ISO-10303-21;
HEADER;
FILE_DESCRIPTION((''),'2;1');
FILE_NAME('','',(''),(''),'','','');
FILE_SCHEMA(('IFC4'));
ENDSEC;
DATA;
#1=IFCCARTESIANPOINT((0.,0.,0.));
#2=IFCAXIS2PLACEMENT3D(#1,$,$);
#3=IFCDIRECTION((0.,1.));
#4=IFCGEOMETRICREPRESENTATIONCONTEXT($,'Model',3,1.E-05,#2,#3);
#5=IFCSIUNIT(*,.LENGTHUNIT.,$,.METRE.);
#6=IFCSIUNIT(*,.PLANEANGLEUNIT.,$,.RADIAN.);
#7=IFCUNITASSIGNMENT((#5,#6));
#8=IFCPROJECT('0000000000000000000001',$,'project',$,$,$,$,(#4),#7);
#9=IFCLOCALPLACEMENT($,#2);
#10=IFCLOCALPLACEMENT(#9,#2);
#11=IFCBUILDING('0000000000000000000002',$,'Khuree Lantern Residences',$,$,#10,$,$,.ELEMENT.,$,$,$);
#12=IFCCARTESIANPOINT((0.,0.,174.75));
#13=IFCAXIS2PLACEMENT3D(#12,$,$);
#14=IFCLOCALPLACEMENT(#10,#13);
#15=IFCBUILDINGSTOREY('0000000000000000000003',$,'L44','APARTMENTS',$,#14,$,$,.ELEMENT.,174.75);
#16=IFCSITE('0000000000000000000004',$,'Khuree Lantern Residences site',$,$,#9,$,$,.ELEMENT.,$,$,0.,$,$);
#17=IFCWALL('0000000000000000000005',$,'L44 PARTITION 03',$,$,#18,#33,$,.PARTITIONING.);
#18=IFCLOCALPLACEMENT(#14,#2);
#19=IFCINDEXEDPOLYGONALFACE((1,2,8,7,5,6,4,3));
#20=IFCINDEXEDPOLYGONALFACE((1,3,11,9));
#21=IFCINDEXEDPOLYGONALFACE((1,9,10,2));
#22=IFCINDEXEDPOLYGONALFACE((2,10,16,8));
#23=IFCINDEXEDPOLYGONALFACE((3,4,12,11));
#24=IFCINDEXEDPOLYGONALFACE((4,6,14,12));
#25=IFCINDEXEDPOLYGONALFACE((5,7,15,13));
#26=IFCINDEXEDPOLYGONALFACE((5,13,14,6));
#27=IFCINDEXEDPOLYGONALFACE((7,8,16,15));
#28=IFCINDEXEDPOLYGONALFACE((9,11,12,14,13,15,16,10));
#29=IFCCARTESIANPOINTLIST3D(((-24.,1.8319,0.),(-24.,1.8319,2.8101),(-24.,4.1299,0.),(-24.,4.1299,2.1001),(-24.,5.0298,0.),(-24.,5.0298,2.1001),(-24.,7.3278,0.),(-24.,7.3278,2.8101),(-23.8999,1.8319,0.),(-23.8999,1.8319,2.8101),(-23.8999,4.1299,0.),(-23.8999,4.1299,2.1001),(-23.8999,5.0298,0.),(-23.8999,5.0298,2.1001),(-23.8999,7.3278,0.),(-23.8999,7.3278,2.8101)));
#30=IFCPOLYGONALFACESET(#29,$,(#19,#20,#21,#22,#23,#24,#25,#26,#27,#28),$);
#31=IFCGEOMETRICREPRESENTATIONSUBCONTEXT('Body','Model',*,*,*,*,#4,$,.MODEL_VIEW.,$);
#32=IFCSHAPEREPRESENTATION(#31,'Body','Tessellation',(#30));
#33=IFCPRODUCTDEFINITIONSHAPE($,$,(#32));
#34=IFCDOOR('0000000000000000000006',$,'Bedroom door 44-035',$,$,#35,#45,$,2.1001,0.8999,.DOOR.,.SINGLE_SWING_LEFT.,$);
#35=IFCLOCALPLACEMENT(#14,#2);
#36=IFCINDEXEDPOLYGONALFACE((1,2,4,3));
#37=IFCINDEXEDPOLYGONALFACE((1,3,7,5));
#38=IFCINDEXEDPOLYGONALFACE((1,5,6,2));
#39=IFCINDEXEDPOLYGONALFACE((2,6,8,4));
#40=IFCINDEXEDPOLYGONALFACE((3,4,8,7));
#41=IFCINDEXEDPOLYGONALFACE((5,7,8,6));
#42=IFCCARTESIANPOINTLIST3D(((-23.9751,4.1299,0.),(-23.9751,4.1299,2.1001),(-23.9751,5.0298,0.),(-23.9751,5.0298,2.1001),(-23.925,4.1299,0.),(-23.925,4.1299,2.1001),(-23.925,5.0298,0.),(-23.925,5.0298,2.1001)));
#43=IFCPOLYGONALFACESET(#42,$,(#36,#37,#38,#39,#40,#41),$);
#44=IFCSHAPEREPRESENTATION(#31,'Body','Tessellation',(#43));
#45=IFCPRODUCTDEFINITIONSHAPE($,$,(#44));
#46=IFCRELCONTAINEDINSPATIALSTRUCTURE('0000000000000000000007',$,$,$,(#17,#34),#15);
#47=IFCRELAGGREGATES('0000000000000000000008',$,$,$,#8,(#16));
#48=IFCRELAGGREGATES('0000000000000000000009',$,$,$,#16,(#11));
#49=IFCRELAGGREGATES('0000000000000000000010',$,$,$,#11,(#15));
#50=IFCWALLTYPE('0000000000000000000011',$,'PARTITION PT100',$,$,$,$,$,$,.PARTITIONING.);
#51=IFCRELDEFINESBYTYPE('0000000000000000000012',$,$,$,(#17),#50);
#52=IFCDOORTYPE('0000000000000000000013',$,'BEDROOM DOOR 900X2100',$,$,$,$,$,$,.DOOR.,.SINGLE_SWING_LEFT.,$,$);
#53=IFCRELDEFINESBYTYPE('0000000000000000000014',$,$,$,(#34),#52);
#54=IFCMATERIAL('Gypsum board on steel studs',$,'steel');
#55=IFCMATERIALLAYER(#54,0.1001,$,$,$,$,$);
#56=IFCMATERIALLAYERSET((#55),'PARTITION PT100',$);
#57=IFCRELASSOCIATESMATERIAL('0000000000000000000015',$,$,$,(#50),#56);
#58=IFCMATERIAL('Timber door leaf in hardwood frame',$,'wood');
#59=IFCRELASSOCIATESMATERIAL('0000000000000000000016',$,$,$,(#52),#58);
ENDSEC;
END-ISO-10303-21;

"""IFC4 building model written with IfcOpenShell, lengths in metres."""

from ifc_helpers import new_model, si_unit, direction, frame, frame_2d, origin, place, context, subcontext, project, spatial, rectangle, extrude, material, layer, layer_set, type_object, element, fill, save


model = new_model("IFC4")

# Units and contexts
model_context = context("Model", 3, precision=1e-05, world=origin(), true_north=direction((0.0, 1.0)))
body_context = subcontext(model_context, "Body", "Model", "MODEL_VIEW")
ifc_project = project(units=[si_unit("LENGTHUNIT", "METRE"), si_unit("PLANEANGLEUNIT", "RADIAN")], contexts=[model_context])

# Site, building, storey
site_placement = place(None, origin())
site = spatial("IfcSite", under=ifc_project, at=site_placement, Name="Khuree Lantern Residences site", CompositionType="ELEMENT", RefElevation=0.0)
building_placement = place(site_placement, origin())
building = spatial("IfcBuilding", under=site, at=building_placement, Name="Khuree Lantern Residences", CompositionType="ELEMENT")
storey_placement = place(building_placement, frame((0.0, 0.0, 174.75)))
storey = spatial("IfcBuildingStorey", under=building, at=storey_placement, Name="L44", Description="APARTMENTS", CompositionType="ELEMENT", Elevation=174.75)

# Shared definitions
ifc_material_1 = material(Name="Timber door leaf in hardwood frame", Category="wood")

# Shared definitions
ifc_material_2 = material(Name="Gypsum board on steel studs", Category="steel")
ifc_layer_1 = layer(ifc_material_2, 0.1001)
ifc_layer_set_1 = layer_set([ifc_layer_1], Name="PARTITION PT100")
wall_type_1 = type_object("IfcWallType", Name="PARTITION PT100", PredefinedType="PARTITIONING", material=ifc_layer_set_1)

# Wall, opening, door
door_type_1 = type_object("IfcDoorType", Name="BEDROOM DOOR 900X2100", OperationType="SINGLE_SWING_LEFT", PredefinedType="DOOR", material=ifc_material_1)
wall_1_placement = place(storey_placement, frame((-23.95, 7.3279, 0.0), z_axis=(0.0, 0.0, 1.0), x_axis=(0.0, -1.0, 0.0)))
wall_1 = element("IfcWall", 1, at=wall_1_placement, inside=storey, type_object=wall_type_1, Name="L44 PARTITION 03", PredefinedType="PARTITIONING", context=body_context, shape_type="SweptSolid", body=[
    extrude(rectangle(XDim=5.4958, YDim=0.1001, at=frame_2d((2.748, 0.0))), origin(), (0.0, 0.0, 1.0), 2.8101),
])
opening_1_placement = place(wall_1_placement, frame((2.2981, 0.0, 0.0)))
opening_1 = element("IfcOpeningElement", 2, at=opening_1_placement, cuts=wall_1, PredefinedType="OPENING", context=body_context, shape_type="SweptSolid", body=[
    extrude(rectangle(XDim=0.8999, YDim=2.1001, at=frame_2d((0.45, 1.05))), frame((0.0, 0.0601, 0.0), z_axis=(0.0, -1.0, 0.0), x_axis=(1.0, 0.0, 0.0)), (0.0, 0.0, 1.0), 0.1201),
])
door_1_placement = place(opening_1_placement, origin())
door_1 = element("IfcDoor", 3, at=door_1_placement, inside=storey, type_object=door_type_1, Name="Bedroom door 44-035", OperationType="SINGLE_SWING_LEFT", OverallHeight=2.1001, OverallWidth=0.8999, PredefinedType="DOOR", context=body_context, shape_type="SweptSolid", body=[
    extrude(rectangle(XDim=0.8999, YDim=2.1001, at=frame_2d((0.45, 1.05))), frame((0.0, 0.0249, 0.0), z_axis=(0.0, -1.0, 0.0), x_axis=(1.0, 0.0, 0.0)), (0.0, 0.0, 1.0), 0.05),
])
fill(opening_1, door_1)

save(model, "model.ifc")
